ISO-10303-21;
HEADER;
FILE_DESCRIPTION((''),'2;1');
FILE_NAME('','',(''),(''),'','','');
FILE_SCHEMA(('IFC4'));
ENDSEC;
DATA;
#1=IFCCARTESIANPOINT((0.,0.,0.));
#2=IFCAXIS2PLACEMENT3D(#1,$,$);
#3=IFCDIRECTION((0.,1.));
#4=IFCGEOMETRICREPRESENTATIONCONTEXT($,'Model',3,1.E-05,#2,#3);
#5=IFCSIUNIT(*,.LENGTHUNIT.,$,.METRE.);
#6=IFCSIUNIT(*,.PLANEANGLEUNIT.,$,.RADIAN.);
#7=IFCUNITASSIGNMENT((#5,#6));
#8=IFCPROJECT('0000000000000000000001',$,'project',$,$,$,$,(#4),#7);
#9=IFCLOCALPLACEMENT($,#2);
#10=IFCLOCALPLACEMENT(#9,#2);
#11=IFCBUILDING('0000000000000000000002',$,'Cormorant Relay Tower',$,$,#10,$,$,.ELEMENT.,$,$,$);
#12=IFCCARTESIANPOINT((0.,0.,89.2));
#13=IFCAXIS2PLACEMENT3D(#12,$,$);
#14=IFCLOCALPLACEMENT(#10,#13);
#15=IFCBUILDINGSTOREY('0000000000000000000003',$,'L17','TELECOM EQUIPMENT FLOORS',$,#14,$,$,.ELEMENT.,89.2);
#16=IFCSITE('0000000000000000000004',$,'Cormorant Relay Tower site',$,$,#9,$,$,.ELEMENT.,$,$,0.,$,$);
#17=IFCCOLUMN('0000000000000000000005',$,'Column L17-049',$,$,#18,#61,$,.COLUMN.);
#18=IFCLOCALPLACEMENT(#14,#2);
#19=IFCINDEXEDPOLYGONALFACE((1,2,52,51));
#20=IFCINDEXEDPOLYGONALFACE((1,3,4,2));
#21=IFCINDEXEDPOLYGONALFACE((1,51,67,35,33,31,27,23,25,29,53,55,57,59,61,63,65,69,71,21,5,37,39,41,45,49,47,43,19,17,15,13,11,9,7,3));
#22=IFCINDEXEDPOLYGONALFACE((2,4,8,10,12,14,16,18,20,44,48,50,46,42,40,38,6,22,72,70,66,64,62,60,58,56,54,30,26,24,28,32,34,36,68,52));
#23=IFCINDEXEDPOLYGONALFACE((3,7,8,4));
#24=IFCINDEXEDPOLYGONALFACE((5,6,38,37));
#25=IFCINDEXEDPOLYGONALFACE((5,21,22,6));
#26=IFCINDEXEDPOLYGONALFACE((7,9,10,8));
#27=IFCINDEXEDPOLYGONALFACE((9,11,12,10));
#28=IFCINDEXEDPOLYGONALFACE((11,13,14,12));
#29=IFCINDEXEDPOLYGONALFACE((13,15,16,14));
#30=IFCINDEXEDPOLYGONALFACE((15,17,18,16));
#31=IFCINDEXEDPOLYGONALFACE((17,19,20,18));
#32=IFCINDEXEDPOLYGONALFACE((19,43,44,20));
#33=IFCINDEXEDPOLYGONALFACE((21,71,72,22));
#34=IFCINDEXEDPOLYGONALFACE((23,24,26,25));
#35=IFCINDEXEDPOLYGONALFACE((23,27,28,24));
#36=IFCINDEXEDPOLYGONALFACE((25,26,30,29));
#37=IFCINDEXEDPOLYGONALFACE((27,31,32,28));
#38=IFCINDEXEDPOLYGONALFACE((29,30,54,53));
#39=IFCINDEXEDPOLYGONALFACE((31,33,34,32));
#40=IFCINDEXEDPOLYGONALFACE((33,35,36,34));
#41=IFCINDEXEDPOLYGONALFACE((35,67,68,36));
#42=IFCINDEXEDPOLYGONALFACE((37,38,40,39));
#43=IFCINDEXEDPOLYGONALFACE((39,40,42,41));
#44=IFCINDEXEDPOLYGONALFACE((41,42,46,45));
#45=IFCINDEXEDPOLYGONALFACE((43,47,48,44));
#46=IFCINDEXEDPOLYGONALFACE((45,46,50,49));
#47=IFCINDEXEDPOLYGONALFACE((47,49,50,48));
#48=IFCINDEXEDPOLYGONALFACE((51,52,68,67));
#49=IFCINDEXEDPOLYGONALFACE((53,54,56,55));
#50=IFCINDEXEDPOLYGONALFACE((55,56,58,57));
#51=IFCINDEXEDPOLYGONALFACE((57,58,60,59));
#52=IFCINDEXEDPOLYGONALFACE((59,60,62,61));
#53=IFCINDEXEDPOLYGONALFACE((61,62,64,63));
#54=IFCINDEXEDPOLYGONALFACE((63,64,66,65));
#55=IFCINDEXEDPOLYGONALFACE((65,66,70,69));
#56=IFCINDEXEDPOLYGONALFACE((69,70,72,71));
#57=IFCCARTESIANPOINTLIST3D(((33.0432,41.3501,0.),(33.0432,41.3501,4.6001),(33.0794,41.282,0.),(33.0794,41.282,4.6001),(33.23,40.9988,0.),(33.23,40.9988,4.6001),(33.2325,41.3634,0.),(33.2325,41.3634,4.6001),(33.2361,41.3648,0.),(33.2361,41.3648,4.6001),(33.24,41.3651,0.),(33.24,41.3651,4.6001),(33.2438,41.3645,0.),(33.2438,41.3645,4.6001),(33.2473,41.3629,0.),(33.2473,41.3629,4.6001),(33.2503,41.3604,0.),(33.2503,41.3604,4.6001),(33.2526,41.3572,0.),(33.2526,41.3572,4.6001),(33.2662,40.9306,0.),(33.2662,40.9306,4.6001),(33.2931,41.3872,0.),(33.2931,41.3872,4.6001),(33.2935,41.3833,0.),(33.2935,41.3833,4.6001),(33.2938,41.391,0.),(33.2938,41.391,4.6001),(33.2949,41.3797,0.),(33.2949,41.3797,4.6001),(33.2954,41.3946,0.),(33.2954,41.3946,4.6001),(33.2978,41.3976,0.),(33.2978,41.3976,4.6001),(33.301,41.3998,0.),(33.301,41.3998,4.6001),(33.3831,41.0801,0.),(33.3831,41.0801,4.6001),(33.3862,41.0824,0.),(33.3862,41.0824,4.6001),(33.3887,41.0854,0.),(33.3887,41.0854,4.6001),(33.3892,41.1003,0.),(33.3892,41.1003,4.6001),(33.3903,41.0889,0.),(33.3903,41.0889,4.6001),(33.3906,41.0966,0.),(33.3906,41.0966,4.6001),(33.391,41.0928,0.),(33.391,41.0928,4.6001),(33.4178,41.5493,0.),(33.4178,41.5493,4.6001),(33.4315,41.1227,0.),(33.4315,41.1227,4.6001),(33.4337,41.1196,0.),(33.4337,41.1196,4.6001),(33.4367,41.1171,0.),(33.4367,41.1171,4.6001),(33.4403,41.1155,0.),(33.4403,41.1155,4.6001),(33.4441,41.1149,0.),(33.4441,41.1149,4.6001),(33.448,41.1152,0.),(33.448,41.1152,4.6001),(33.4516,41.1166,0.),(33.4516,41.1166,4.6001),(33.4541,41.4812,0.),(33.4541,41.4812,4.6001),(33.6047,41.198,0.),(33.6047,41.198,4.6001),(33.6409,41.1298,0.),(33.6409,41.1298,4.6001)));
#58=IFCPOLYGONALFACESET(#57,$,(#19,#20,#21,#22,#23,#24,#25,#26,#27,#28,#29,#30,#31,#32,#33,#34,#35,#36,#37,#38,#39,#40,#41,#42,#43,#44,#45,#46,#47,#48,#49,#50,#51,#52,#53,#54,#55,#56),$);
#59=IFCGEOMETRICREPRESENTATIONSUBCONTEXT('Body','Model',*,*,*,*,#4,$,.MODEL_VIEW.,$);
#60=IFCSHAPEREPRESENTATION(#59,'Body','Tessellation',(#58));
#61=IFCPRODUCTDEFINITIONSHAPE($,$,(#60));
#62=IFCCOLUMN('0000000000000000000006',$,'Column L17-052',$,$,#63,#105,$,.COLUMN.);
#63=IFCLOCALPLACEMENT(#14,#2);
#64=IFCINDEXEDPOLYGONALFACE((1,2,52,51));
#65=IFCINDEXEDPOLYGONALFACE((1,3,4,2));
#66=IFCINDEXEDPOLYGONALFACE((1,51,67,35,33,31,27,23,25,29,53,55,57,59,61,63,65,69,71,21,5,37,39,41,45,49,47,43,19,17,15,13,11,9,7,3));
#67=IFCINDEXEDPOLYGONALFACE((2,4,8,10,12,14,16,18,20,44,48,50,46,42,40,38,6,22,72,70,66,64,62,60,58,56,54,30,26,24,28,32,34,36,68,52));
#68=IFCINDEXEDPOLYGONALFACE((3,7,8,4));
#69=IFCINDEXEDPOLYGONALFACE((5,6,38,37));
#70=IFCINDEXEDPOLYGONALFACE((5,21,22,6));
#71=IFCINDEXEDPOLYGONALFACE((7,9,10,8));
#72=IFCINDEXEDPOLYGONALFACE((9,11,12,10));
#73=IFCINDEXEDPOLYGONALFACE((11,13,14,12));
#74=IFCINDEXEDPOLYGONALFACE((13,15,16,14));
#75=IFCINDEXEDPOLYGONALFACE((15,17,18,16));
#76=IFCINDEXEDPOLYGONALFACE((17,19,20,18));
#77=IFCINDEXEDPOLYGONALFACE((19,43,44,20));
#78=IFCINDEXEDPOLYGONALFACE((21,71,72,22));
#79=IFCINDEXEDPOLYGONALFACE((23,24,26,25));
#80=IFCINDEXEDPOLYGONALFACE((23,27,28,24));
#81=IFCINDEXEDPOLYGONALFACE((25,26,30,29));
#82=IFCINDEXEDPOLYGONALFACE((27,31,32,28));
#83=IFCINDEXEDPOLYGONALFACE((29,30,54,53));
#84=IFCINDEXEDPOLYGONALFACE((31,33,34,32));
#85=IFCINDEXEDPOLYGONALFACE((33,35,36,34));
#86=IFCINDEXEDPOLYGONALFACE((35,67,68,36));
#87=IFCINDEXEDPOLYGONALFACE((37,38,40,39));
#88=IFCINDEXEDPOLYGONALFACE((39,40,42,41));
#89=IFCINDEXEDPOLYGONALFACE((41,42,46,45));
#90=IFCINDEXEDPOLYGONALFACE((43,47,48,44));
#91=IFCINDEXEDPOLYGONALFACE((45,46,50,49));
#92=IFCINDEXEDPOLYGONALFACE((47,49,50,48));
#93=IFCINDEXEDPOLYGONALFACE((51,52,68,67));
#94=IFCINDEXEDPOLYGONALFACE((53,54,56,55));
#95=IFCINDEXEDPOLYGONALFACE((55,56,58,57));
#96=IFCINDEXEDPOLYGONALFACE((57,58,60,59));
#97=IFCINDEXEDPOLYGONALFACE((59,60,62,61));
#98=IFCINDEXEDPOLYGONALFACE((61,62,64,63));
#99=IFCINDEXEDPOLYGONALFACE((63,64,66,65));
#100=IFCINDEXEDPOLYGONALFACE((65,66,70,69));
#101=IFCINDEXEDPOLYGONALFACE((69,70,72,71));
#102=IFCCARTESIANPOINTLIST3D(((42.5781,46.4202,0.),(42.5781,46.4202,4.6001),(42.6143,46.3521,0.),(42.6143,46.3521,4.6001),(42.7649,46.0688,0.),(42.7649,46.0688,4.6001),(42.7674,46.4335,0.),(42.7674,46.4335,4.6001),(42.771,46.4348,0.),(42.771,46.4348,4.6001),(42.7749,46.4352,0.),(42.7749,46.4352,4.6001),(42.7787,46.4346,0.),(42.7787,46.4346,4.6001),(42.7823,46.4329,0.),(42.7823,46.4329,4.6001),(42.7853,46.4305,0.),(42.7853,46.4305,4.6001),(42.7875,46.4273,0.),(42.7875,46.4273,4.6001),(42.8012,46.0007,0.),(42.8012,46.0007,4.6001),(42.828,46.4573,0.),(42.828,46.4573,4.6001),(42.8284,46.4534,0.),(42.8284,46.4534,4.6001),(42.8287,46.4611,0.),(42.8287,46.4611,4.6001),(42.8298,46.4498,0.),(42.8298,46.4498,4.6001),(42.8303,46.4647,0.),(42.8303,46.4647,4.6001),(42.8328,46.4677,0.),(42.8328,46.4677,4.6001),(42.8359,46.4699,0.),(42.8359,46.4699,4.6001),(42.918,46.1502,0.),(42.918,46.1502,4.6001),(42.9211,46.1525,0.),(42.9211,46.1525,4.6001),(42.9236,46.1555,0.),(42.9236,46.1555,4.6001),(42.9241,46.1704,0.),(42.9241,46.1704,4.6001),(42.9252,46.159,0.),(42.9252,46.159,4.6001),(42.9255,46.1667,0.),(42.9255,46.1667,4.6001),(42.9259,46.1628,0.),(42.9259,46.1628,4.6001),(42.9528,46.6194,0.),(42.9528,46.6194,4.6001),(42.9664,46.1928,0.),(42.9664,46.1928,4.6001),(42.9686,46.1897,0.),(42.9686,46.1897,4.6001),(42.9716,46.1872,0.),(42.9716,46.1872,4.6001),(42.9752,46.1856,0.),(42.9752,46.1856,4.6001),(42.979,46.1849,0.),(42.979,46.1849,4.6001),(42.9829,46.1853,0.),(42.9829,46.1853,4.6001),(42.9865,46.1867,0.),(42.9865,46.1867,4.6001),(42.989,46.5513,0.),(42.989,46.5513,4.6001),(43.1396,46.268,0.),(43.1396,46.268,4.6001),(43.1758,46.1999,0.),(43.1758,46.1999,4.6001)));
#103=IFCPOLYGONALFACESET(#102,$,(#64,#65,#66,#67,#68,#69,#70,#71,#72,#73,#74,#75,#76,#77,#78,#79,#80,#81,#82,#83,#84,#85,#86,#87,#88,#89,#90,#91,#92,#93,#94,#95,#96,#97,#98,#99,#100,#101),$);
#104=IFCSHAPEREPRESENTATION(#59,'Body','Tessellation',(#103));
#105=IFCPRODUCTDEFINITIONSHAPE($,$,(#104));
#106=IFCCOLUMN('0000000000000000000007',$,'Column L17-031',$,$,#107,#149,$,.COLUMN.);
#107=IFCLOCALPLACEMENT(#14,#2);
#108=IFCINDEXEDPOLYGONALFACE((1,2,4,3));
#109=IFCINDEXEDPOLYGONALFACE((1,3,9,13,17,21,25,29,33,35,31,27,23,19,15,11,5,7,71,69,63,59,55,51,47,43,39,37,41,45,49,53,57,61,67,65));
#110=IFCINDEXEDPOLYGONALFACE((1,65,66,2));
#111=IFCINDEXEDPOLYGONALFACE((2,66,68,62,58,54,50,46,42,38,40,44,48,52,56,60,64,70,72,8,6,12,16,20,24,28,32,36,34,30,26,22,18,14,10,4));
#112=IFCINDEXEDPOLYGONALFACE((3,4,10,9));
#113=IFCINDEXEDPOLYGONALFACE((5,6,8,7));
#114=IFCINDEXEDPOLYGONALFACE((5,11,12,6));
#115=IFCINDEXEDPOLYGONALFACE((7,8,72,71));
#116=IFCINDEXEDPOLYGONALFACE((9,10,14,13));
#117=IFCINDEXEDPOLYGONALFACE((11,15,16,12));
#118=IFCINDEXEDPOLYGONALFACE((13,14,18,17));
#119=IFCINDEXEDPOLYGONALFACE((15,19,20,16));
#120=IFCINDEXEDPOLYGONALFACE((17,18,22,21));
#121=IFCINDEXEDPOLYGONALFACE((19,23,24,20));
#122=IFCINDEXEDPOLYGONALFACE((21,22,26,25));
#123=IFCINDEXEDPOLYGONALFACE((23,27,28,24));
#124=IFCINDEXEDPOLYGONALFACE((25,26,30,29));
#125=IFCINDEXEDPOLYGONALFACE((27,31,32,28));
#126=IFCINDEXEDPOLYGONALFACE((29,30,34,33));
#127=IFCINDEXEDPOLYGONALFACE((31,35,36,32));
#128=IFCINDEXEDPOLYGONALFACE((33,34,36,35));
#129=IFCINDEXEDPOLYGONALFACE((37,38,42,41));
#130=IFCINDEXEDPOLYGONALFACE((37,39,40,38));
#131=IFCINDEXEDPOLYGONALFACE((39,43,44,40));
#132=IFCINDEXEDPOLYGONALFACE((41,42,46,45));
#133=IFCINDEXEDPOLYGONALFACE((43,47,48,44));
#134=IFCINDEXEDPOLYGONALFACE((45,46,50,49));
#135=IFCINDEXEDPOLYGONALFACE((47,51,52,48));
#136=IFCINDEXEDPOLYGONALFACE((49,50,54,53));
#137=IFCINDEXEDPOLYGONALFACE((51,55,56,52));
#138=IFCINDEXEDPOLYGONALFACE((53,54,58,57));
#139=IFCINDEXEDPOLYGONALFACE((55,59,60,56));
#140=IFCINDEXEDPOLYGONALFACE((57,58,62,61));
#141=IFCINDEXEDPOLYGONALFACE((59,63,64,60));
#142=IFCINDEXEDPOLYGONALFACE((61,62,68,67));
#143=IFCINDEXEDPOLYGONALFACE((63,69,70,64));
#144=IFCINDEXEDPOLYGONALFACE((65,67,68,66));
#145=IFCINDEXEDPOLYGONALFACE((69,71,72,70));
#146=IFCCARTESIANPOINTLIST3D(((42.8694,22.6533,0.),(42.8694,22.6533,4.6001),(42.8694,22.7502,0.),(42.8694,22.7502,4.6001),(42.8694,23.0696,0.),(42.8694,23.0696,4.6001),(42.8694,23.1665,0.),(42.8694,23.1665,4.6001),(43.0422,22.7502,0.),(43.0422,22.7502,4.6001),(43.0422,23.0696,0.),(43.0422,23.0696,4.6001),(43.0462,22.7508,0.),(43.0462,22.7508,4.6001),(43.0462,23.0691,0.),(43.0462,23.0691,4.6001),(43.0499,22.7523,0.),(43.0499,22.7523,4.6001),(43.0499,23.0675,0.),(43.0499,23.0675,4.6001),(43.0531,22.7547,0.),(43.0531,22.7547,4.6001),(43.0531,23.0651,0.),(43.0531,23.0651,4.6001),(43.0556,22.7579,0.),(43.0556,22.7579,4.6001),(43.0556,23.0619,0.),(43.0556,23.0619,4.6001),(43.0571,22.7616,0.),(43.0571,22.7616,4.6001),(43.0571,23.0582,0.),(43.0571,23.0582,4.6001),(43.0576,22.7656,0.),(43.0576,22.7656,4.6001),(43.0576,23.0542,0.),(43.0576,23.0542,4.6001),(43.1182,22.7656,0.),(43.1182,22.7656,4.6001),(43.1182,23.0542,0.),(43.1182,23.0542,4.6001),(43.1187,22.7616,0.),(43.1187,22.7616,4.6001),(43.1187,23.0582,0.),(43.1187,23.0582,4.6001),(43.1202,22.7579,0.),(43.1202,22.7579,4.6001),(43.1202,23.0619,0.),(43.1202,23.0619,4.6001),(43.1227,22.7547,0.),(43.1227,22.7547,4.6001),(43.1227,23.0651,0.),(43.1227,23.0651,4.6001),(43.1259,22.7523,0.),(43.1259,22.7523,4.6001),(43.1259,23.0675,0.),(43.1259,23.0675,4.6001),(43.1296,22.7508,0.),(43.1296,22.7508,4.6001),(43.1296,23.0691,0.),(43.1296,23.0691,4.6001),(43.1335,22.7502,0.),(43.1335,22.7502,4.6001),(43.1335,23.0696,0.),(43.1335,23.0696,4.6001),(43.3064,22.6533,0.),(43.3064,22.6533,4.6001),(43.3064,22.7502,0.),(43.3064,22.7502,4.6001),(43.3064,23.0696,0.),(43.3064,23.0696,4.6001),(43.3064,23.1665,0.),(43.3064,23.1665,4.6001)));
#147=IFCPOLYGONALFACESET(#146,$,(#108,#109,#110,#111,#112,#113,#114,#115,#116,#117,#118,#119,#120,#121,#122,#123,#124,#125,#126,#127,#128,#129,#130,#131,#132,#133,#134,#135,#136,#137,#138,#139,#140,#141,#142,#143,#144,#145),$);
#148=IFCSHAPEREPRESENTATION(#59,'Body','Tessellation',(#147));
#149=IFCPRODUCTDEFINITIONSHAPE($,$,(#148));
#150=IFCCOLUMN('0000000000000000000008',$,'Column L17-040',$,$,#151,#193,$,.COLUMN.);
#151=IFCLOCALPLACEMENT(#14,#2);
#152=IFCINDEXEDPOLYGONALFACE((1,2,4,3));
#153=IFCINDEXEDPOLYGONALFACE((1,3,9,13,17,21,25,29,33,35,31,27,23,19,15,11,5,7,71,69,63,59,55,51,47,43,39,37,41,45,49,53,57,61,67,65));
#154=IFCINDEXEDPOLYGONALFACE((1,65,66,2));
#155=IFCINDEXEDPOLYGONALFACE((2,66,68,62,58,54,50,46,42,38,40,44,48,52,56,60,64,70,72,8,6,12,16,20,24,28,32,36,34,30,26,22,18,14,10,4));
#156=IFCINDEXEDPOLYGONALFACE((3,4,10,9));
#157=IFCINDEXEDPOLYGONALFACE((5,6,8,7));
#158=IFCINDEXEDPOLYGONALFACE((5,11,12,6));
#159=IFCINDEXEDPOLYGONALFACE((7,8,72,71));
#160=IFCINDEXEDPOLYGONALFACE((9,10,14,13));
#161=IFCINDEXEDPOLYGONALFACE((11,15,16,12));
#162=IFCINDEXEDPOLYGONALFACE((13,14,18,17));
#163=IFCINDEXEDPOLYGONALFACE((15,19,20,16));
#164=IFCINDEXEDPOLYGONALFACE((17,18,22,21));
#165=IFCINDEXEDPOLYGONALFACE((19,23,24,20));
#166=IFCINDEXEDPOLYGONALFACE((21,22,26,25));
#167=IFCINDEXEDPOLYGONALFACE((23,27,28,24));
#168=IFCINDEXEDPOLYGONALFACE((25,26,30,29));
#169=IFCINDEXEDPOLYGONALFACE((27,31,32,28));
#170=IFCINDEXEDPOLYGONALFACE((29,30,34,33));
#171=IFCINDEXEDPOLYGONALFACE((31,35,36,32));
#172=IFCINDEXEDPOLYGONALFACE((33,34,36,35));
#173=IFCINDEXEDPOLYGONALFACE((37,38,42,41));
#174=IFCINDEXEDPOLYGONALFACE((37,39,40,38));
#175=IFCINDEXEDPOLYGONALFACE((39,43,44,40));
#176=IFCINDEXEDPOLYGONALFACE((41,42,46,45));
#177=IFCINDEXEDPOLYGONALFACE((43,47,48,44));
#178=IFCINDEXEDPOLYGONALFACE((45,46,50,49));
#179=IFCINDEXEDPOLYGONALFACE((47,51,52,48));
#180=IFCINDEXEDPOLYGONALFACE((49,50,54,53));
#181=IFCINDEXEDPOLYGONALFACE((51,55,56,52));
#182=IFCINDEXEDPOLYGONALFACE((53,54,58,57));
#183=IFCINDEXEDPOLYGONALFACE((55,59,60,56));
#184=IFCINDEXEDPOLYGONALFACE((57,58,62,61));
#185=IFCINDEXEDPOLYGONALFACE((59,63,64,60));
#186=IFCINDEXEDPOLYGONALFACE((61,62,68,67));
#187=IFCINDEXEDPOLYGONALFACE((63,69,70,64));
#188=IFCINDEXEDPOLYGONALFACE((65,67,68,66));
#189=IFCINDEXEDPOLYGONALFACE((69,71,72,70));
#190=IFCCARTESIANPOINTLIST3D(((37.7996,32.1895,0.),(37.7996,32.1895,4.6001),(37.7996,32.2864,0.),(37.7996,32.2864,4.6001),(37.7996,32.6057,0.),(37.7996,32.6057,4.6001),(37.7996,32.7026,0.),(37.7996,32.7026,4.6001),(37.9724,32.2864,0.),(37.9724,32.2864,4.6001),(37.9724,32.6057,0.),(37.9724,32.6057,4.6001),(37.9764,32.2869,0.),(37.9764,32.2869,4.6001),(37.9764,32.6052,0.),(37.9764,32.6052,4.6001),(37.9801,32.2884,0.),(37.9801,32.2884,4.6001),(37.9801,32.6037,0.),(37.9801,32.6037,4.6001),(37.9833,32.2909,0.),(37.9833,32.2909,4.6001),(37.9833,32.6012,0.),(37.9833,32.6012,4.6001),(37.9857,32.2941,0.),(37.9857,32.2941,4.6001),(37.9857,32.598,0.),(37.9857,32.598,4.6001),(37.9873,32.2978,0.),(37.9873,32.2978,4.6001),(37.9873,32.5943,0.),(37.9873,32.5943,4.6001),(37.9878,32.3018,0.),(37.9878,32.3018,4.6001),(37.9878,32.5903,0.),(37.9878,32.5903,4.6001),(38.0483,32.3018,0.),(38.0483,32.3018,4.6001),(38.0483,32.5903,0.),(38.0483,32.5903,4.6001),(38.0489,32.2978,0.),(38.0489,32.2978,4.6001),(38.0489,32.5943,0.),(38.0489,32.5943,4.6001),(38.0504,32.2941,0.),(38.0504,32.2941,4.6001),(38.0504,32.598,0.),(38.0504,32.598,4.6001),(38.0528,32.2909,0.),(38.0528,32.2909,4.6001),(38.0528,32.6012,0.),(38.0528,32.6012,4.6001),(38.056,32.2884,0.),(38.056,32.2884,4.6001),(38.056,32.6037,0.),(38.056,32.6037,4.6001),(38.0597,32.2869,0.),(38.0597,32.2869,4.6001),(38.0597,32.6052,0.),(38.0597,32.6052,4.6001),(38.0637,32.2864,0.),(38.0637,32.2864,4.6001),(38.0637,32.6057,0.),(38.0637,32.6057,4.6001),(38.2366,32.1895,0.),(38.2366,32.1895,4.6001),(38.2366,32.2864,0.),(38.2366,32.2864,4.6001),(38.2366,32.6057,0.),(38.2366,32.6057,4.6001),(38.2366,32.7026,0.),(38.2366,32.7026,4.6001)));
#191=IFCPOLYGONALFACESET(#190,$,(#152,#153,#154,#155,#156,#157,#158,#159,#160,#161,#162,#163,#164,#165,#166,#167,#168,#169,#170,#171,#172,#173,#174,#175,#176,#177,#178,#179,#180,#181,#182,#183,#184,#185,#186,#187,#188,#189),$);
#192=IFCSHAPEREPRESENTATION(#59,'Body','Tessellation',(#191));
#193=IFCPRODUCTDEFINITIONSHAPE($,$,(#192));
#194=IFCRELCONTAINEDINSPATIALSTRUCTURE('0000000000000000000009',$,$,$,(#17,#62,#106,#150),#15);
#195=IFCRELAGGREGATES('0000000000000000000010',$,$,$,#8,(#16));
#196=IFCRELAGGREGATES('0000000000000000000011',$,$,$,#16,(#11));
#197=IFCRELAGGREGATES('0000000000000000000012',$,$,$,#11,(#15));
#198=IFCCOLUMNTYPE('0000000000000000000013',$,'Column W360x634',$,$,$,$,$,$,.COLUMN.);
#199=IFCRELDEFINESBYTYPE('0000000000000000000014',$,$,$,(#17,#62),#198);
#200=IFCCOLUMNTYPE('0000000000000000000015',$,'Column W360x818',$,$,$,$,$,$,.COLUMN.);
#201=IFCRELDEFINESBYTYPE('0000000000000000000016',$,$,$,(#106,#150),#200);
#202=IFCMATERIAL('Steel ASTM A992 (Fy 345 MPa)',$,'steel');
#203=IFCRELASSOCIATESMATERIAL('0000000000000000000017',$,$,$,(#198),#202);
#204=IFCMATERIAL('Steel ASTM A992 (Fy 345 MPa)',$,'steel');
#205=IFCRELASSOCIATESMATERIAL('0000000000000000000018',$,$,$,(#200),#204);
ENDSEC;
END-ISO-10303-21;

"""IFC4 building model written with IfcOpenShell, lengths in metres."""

from ifc_helpers import new_model, si_unit, direction, frame, origin, origin_2d, place, context, subcontext, project, spatial, i_section, extrude, material, material_profile, profile_set, type_object, element, save


model = new_model("IFC4")

# Units and contexts
model_context = context("Model", 3, precision=1e-05, world=origin(), true_north=direction((0.0, 1.0)))
body_context = subcontext(model_context, "Body", "Model", "MODEL_VIEW")
ifc_project = project(units=[si_unit("LENGTHUNIT", "METRE"), si_unit("PLANEANGLEUNIT", "RADIAN")], contexts=[model_context])

# Site, building, storey
site_placement = place(None, origin())
site = spatial("IfcSite", under=ifc_project, at=site_placement, Name="Cormorant Relay Tower site", CompositionType="ELEMENT", RefElevation=0.0)
building_placement = place(site_placement, origin())
building = spatial("IfcBuilding", under=site, at=building_placement, Name="Cormorant Relay Tower", CompositionType="ELEMENT")
storey_placement = place(building_placement, frame((0.0, 0.0, 89.2)))
storey = spatial("IfcBuildingStorey", under=building, at=storey_placement, Name="L17", Description="TELECOM EQUIPMENT FLOORS", CompositionType="ELEMENT", Elevation=89.2)

# Columns
ifc_material_1 = material(Name="Steel ASTM A992 (Fy 345 MPa)", Category="steel")
ifc_material_profile_1 = material_profile(ifc_material_1, i_section(OverallWidth=0.4243, OverallDepth=0.4751, WebThickness=0.0479, FlangeThickness=0.0771, FilletRadius=0.0149, at=origin_2d()), Name="W360x634")
ifc_profile_set_1 = profile_set([ifc_material_profile_1], Name="Steel ASTM A992 (Fy 345 MPa)")
column_type_1 = type_object("IfcColumnType", Name="Column W360x634", PredefinedType="COLUMN", material=ifc_profile_set_1)
for number, where, z_axis, x_axis, name in (
    (1, (33.342, 41.24, 0.0), (0.0, 0.0, 1.0), (-0.882948, -0.469472, 0.0), "Column L17-049"),
    (2, (42.877, 46.3101, 0.0), (0.0, 0.0, 1.0), (-0.882948, -0.469472, 0.0), "Column L17-052"),
):
    element("IfcColumn", number, at=place(storey_placement, frame(where, z_axis=z_axis, x_axis=x_axis)), inside=storey, type_object=column_type_1, Name=name, PredefinedType="COLUMN", context=body_context, shape_type="SweptSolid", body=[
        extrude(i_section(OverallWidth=0.4243, OverallDepth=0.4751, WebThickness=0.0479, FlangeThickness=0.0771, FilletRadius=0.0149, at=origin_2d()), origin(), (0.0, 0.0, 1.0), 4.6001),
    ])
ifc_material_2 = material(Name="Steel ASTM A992 (Fy 345 MPa)", Category="steel")
ifc_material_profile_2 = material_profile(ifc_material_2, i_section(OverallWidth=0.437, OverallDepth=0.5132, WebThickness=0.0605, FlangeThickness=0.0969, FilletRadius=0.0154, at=origin_2d()), Name="W360x818")
ifc_profile_set_2 = profile_set([ifc_material_profile_2], Name="Steel ASTM A992 (Fy 345 MPa)")
column_type_2 = type_object("IfcColumnType", Name="Column W360x818", PredefinedType="COLUMN", material=ifc_profile_set_2)
for number, where, z_axis, x_axis, name in (
    (3, (43.0879, 22.9099, 0.0), (0.0, 0.0, 1.0), (1.0, 0.0, 0.0), "Column L17-031"),
    (4, (38.0181, 32.446, 0.0), (0.0, 0.0, 1.0), (1.0, 0.0, 0.0), "Column L17-040"),
):
    element("IfcColumn", number, at=place(storey_placement, frame(where, z_axis=z_axis, x_axis=x_axis)), inside=storey, type_object=column_type_2, Name=name, PredefinedType="COLUMN", context=body_context, shape_type="SweptSolid", body=[
        extrude(i_section(OverallWidth=0.437, OverallDepth=0.5132, WebThickness=0.0605, FlangeThickness=0.0969, FilletRadius=0.0154, at=origin_2d()), origin(), (0.0, 0.0, 1.0), 4.6001),
    ])

save(model, "model.ifc")
